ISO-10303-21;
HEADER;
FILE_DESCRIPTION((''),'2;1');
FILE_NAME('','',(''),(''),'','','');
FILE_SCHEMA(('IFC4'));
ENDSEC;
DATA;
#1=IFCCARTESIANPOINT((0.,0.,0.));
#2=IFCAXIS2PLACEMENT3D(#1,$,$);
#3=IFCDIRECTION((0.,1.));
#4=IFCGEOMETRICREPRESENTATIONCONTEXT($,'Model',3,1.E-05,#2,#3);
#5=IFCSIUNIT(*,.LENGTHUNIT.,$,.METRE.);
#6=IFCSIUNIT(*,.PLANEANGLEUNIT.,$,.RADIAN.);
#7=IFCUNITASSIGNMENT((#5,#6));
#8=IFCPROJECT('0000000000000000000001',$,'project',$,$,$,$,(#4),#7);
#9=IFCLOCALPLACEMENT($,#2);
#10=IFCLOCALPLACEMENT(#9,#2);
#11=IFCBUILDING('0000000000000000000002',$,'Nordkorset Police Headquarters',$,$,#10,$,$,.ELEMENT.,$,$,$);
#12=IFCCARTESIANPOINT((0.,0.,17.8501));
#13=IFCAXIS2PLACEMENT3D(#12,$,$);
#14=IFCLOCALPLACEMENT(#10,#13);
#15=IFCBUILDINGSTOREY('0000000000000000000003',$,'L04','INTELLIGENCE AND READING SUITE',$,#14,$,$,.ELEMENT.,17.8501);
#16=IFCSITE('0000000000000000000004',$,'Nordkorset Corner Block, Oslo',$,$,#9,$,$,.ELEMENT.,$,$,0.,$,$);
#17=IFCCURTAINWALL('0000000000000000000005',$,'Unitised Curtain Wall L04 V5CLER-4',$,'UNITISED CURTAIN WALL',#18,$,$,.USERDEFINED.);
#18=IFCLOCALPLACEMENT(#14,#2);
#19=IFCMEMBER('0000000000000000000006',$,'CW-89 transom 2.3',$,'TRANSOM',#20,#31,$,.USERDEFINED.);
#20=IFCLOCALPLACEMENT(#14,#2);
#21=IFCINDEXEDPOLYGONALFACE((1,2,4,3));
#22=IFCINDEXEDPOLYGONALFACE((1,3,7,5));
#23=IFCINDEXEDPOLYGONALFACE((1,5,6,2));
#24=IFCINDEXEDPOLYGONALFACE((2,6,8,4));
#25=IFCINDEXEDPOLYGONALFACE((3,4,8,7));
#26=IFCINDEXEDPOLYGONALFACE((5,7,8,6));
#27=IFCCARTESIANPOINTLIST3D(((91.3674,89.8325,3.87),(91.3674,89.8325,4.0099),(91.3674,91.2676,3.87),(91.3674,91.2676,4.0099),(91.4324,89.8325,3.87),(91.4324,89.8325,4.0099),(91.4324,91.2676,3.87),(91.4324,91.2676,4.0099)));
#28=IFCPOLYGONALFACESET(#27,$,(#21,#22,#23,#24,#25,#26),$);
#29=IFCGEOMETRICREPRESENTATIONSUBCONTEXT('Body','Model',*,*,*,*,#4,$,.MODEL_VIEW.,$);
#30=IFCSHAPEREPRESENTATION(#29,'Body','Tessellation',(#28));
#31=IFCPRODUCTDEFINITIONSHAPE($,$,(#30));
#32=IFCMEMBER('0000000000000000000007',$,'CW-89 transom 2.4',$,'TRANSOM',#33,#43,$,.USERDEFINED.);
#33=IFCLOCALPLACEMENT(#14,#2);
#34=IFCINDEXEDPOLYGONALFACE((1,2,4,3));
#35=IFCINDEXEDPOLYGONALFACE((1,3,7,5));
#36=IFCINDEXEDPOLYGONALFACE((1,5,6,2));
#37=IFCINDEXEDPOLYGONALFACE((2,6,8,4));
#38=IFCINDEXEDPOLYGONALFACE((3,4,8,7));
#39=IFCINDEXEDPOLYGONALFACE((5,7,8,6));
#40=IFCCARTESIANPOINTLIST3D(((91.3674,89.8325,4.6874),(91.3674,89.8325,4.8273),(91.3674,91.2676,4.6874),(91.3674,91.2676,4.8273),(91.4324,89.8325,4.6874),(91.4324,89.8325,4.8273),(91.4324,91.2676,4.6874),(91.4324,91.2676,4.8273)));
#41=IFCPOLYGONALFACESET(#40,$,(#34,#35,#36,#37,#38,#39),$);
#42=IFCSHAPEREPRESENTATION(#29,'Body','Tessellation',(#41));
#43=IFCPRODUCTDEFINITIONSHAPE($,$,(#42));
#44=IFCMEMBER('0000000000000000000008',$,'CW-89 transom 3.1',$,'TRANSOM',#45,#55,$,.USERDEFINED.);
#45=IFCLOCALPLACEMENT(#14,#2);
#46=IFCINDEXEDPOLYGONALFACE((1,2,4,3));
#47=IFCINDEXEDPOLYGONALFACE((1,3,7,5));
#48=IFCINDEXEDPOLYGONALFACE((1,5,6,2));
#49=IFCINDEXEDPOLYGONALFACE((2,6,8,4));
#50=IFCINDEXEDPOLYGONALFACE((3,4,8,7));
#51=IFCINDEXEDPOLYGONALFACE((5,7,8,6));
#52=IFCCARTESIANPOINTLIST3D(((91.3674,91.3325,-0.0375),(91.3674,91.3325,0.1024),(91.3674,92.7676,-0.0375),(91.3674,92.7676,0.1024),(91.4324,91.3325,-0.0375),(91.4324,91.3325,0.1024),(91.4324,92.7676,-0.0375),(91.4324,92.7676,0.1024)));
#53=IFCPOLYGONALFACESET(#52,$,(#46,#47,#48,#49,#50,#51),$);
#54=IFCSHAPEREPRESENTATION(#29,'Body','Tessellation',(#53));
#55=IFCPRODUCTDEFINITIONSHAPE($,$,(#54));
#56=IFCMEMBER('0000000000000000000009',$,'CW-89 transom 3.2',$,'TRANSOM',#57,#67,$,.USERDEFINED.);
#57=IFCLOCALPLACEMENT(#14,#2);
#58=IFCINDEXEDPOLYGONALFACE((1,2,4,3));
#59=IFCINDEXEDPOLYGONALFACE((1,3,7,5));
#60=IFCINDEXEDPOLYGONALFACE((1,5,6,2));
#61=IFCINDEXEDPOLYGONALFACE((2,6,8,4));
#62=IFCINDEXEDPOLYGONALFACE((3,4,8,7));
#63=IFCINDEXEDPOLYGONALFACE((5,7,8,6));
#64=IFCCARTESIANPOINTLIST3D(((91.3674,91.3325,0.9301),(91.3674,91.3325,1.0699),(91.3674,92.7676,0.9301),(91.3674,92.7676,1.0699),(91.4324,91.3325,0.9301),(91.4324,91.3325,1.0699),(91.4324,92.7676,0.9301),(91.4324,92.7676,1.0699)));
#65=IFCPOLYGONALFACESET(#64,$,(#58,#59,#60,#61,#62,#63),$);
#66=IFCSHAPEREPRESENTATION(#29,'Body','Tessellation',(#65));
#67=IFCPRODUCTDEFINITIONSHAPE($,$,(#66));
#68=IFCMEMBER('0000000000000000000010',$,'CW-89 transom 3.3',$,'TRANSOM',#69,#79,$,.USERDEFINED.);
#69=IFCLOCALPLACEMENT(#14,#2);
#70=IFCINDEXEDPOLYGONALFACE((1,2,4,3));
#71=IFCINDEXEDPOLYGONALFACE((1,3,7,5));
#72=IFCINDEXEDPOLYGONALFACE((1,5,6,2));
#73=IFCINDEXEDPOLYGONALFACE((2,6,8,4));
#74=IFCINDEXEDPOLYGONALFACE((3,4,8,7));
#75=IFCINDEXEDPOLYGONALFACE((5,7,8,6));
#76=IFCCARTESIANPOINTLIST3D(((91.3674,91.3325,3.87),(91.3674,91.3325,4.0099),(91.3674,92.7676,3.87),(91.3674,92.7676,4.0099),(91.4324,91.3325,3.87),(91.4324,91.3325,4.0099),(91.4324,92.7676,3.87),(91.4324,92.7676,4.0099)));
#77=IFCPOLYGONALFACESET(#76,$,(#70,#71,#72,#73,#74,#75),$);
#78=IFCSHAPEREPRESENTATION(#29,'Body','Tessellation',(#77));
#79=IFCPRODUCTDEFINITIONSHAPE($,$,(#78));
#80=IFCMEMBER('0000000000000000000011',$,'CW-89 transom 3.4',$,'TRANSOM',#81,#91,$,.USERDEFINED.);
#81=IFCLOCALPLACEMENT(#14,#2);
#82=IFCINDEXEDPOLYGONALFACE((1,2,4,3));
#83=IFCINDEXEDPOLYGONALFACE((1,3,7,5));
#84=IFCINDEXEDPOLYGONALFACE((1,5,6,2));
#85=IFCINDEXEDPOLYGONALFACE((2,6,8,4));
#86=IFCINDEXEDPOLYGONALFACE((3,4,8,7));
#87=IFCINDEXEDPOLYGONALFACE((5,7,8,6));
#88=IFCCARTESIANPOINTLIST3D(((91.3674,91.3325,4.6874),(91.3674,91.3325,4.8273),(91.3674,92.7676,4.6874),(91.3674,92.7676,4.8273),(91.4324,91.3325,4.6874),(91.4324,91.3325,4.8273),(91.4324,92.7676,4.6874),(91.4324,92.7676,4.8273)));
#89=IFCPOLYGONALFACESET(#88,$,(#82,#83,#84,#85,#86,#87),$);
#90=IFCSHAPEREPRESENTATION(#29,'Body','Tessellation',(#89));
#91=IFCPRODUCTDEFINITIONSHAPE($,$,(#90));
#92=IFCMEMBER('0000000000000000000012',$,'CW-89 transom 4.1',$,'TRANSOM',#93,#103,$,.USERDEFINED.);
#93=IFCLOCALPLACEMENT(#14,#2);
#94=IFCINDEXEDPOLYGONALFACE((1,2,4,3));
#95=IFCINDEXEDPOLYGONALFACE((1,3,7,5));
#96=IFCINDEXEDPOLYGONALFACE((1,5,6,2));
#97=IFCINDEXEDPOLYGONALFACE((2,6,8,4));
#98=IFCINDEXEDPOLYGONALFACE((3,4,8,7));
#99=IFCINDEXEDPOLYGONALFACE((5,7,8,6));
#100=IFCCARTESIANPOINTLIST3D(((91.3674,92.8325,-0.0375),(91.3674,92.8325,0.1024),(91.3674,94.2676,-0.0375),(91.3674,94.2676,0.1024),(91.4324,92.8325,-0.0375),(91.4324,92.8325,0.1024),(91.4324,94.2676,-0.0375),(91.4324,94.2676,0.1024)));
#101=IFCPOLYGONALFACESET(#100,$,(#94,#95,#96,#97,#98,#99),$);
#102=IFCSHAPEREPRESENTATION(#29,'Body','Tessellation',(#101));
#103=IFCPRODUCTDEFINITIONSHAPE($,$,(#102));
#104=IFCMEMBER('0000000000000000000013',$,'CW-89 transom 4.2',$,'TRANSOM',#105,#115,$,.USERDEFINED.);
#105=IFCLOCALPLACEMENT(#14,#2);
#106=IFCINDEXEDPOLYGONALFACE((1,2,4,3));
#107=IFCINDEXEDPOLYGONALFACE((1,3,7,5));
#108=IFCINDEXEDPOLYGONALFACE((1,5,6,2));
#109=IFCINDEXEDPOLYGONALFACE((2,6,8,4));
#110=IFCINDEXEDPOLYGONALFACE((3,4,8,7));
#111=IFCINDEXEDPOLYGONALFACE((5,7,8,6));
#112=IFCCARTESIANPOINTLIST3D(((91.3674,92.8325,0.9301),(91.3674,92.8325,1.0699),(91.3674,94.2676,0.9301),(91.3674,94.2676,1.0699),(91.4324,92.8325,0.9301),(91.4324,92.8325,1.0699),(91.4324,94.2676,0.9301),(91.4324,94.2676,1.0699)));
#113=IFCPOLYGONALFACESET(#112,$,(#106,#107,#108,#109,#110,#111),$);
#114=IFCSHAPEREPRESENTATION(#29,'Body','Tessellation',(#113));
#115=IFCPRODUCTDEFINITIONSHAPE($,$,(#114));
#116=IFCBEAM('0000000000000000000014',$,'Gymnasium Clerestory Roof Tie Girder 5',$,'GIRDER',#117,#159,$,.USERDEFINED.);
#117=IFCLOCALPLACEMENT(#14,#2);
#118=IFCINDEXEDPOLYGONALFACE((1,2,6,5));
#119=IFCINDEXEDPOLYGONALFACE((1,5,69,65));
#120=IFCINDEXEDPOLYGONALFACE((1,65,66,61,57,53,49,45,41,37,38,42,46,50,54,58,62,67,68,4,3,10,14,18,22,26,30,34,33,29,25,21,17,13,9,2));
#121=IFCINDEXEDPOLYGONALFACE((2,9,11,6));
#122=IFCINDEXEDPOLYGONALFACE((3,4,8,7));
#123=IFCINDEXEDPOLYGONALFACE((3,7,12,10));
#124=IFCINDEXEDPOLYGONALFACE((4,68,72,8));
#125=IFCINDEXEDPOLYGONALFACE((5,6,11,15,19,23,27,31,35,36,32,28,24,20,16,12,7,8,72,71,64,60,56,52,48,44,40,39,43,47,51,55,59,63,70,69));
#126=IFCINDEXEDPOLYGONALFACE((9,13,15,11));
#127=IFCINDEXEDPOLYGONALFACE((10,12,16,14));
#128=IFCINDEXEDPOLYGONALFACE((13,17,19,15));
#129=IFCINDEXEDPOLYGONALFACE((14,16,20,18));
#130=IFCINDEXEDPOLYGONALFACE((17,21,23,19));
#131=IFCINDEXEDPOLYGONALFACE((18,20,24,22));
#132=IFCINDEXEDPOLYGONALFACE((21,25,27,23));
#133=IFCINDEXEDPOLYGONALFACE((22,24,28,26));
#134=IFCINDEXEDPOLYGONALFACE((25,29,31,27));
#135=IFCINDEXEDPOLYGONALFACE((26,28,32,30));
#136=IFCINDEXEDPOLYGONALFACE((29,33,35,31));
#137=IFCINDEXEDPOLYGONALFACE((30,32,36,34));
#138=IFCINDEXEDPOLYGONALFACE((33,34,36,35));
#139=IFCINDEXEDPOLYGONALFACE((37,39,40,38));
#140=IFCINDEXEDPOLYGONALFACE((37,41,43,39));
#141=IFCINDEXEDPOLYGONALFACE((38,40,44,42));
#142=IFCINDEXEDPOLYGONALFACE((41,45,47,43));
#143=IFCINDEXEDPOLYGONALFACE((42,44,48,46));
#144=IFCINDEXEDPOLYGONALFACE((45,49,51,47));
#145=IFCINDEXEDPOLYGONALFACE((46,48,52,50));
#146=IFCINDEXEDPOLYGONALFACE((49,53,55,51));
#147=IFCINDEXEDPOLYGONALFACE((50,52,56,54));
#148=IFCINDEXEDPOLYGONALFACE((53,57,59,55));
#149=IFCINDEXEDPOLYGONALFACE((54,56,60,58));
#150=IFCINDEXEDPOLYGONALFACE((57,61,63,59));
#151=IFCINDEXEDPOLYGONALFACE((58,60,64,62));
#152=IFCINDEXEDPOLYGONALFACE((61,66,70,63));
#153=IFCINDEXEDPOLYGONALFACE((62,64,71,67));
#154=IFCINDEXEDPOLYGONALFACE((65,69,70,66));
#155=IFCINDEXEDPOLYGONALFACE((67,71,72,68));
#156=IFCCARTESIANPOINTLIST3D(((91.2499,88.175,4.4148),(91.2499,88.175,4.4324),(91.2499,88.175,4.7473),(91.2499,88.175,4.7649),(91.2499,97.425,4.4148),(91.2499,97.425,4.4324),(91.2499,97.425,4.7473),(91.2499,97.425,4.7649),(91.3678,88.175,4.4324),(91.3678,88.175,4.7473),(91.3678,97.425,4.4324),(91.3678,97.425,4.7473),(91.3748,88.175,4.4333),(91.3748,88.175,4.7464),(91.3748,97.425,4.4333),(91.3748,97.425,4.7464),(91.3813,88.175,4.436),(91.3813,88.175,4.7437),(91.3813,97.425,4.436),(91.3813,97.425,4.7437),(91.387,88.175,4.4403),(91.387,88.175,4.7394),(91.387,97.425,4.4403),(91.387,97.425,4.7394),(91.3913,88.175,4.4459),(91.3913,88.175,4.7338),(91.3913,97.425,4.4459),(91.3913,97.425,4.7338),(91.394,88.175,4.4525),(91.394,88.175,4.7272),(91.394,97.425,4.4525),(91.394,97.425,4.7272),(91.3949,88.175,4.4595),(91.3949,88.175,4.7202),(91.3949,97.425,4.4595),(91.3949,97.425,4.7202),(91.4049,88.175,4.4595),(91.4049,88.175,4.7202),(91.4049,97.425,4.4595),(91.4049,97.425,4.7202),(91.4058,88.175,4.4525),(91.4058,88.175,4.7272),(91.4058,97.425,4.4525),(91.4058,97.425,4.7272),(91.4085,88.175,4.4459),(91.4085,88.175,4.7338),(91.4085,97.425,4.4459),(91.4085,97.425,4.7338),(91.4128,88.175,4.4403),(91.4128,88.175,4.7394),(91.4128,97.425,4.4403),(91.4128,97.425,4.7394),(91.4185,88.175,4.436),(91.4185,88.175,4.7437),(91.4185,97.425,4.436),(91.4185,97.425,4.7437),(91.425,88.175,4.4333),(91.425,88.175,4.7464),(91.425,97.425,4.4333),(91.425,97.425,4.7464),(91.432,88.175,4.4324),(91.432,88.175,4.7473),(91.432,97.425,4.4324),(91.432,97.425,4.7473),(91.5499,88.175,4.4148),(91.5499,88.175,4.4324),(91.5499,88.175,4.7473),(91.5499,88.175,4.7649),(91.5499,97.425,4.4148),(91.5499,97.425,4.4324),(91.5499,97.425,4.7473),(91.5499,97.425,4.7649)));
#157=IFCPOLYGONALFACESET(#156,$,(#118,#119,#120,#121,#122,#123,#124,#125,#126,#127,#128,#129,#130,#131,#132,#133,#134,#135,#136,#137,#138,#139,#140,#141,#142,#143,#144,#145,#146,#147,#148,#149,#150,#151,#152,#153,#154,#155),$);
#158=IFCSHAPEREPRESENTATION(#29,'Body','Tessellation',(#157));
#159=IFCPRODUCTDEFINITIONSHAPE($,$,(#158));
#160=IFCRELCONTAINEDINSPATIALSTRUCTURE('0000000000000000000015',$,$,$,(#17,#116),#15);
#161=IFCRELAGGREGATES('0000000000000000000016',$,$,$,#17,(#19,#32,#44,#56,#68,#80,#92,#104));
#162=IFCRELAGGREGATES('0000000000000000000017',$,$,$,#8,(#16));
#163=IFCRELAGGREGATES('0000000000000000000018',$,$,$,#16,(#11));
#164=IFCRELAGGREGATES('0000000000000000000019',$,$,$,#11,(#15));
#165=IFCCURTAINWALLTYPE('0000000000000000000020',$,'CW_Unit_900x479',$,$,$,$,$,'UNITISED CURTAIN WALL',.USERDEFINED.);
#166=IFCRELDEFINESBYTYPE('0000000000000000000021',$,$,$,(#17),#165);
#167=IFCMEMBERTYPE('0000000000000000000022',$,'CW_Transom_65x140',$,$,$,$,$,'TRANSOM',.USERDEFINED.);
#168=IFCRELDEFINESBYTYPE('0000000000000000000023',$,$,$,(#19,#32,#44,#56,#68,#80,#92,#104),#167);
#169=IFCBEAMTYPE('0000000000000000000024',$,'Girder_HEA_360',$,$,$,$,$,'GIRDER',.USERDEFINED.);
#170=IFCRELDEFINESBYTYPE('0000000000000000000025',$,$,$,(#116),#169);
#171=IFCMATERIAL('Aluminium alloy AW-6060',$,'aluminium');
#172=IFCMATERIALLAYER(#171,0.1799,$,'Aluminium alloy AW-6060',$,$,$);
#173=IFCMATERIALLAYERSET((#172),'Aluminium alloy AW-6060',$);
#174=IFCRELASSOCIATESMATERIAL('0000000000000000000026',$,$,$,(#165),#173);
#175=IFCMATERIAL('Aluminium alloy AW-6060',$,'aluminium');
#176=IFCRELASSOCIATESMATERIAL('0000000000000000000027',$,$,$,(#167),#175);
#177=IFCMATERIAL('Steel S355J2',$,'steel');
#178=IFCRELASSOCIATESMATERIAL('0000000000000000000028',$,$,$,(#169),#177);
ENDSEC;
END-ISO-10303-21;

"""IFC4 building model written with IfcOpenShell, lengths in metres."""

from ifc_helpers import new_model, si_unit, direction, frame, origin, origin_2d, place, context, subcontext, project, spatial, rectangle, i_section, extrude, material, layer, layer_set, material_profile, profile_set, type_object, element, aggregate, save


model = new_model("IFC4")

# Units and contexts
model_context = context("Model", 3, precision=1e-05, world=origin(), true_north=direction((0.0, 1.0)))
body_context = subcontext(model_context, "Body", "Model", "MODEL_VIEW")
ifc_project = project(units=[si_unit("LENGTHUNIT", "METRE"), si_unit("PLANEANGLEUNIT", "RADIAN")], contexts=[model_context])

# Site, building, storey
site_placement = place(None, origin())
site = spatial("IfcSite", under=ifc_project, at=site_placement, Name="Nordkorset Corner Block, Oslo", CompositionType="ELEMENT", RefElevation=0.0)
building_placement = place(site_placement, origin())
building = spatial("IfcBuilding", under=site, at=building_placement, Name="Nordkorset Police Headquarters", CompositionType="ELEMENT")
storey_placement = place(building_placement, frame((0.0, 0.0, 17.8501)))
storey = spatial("IfcBuildingStorey", under=building, at=storey_placement, Name="L04", Description="INTELLIGENCE AND READING SUITE", CompositionType="ELEMENT", Elevation=17.8501)

# Curtain wall, members
ifc_material_1 = material(Name="Aluminium alloy AW-6060", Category="aluminium")
ifc_layer_1 = layer(ifc_material_1, 0.1799, Name="Aluminium alloy AW-6060")
ifc_layer_set_1 = layer_set([ifc_layer_1], Name="Aluminium alloy AW-6060")
curtain_wall_type_1 = type_object("IfcCurtainWallType", Name="CW_Unit_900x479", ElementType="UNITISED CURTAIN WALL", PredefinedType="USERDEFINED", material=ifc_layer_set_1)
curtain_wall_1_placement = place(storey_placement, origin())
curtain_wall_1 = element("IfcCurtainWall", 1, at=curtain_wall_1_placement, inside=storey, type_object=curtain_wall_type_1, Name="Unitised Curtain Wall L04 V5CLER-4", ObjectType="UNITISED CURTAIN WALL", PredefinedType="USERDEFINED")
ifc_material_2 = material(Name="Aluminium alloy AW-6060", Category="aluminium")
ifc_material_profile_1 = material_profile(ifc_material_2, rectangle(XDim=0.0649, YDim=0.1399, at=origin_2d()), Name="ALU TRAN 65x140")
ifc_profile_set_1 = profile_set([ifc_material_profile_1], Name="Aluminium alloy AW-6060")
member_type_1 = type_object("IfcMemberType", Name="CW_Transom_65x140", ElementType="TRANSOM", PredefinedType="USERDEFINED", material=ifc_profile_set_1)
member_1_placement = place(storey_placement, frame((91.3999, 89.8325, 3.9399), z_axis=(0.0, 1.0, 0.0), x_axis=(-1.0, 0.0, 0.0)))
member_1 = element("IfcMember", 2, at=member_1_placement, type_object=member_type_1, Name="CW-89 transom 2.3", ObjectType="TRANSOM", PredefinedType="USERDEFINED", context=body_context, shape_type="SweptSolid", body=[
    extrude(rectangle(XDim=0.0649, YDim=0.1399, at=origin_2d()), origin(), (0.0, 0.0, 1.0), 1.4351),
])
member_2_placement = place(storey_placement, frame((91.3999, 89.8325, 4.7573), z_axis=(0.0, 1.0, 0.0), x_axis=(-1.0, 0.0, 0.0)))
member_2 = element("IfcMember", 3, at=member_2_placement, type_object=member_type_1, Name="CW-89 transom 2.4", ObjectType="TRANSOM", PredefinedType="USERDEFINED", context=body_context, shape_type="SweptSolid", body=[
    extrude(rectangle(XDim=0.0649, YDim=0.1399, at=origin_2d()), origin(), (0.0, 0.0, 1.0), 1.4351),
])
member_3_placement = place(storey_placement, frame((91.3999, 91.3325, 0.0325), z_axis=(0.0, 1.0, 0.0), x_axis=(-1.0, 0.0, 0.0)))
member_3 = element("IfcMember", 4, at=member_3_placement, type_object=member_type_1, Name="CW-89 transom 3.1", ObjectType="TRANSOM", PredefinedType="USERDEFINED", context=body_context, shape_type="SweptSolid", body=[
    extrude(rectangle(XDim=0.0649, YDim=0.1399, at=origin_2d()), origin(), (0.0, 0.0, 1.0), 1.4351),
])
member_4_placement = place(storey_placement, frame((91.3999, 91.3325, 1.0), z_axis=(0.0, 1.0, 0.0), x_axis=(-1.0, 0.0, 0.0)))
member_4 = element("IfcMember", 5, at=member_4_placement, type_object=member_type_1, Name="CW-89 transom 3.2", ObjectType="TRANSOM", PredefinedType="USERDEFINED", context=body_context, shape_type="SweptSolid", body=[
    extrude(rectangle(XDim=0.0649, YDim=0.1399, at=origin_2d()), origin(), (0.0, 0.0, 1.0), 1.4351),
])
member_5_placement = place(storey_placement, frame((91.3999, 91.3325, 3.9399), z_axis=(0.0, 1.0, 0.0), x_axis=(-1.0, 0.0, 0.0)))
member_5 = element("IfcMember", 6, at=member_5_placement, type_object=member_type_1, Name="CW-89 transom 3.3", ObjectType="TRANSOM", PredefinedType="USERDEFINED", context=body_context, shape_type="SweptSolid", body=[
    extrude(rectangle(XDim=0.0649, YDim=0.1399, at=origin_2d()), origin(), (0.0, 0.0, 1.0), 1.4351),
])
member_6_placement = place(storey_placement, frame((91.3999, 91.3325, 4.7573), z_axis=(0.0, 1.0, 0.0), x_axis=(-1.0, 0.0, 0.0)))
member_6 = element("IfcMember", 7, at=member_6_placement, type_object=member_type_1, Name="CW-89 transom 3.4", ObjectType="TRANSOM", PredefinedType="USERDEFINED", context=body_context, shape_type="SweptSolid", body=[
    extrude(rectangle(XDim=0.0649, YDim=0.1399, at=origin_2d()), origin(), (0.0, 0.0, 1.0), 1.4351),
])
member_7_placement = place(storey_placement, frame((91.3999, 92.8325, 0.0325), z_axis=(0.0, 1.0, 0.0), x_axis=(-1.0, 0.0, 0.0)))
member_7 = element("IfcMember", 8, at=member_7_placement, type_object=member_type_1, Name="CW-89 transom 4.1", ObjectType="TRANSOM", PredefinedType="USERDEFINED", context=body_context, shape_type="SweptSolid", body=[
    extrude(rectangle(XDim=0.0649, YDim=0.1399, at=origin_2d()), origin(), (0.0, 0.0, 1.0), 1.4351),
])
member_8_placement = place(storey_placement, frame((91.3999, 92.8325, 1.0), z_axis=(0.0, 1.0, 0.0), x_axis=(-1.0, 0.0, 0.0)))
member_8 = element("IfcMember", 9, at=member_8_placement, type_object=member_type_1, Name="CW-89 transom 4.2", ObjectType="TRANSOM", PredefinedType="USERDEFINED", context=body_context, shape_type="SweptSolid", body=[
    extrude(rectangle(XDim=0.0649, YDim=0.1399, at=origin_2d()), origin(), (0.0, 0.0, 1.0), 1.4351),
])

# Beam
ifc_material_3 = material(Name="Steel S355J2", Category="steel")
ifc_material_profile_2 = material_profile(ifc_material_3, i_section(OverallWidth=0.3, OverallDepth=0.3501, WebThickness=0.01, FlangeThickness=0.0176, FilletRadius=0.0271, at=origin_2d()), Name="HEA 360")
ifc_profile_set_2 = profile_set([ifc_material_profile_2], Name="Steel S355J2")
beam_type = type_object("IfcBeamType", Name="Girder_HEA_360", ElementType="GIRDER", PredefinedType="USERDEFINED", material=ifc_profile_set_2)
beam_placement = place(storey_placement, frame((91.3999, 88.175, 4.5898), z_axis=(0.0, 1.0, 0.0), x_axis=(-1.0, 0.0, 0.0)))
element("IfcBeam", 10, at=beam_placement, inside=storey, type_object=beam_type, Name="Gymnasium Clerestory Roof Tie Girder 5", ObjectType="GIRDER", PredefinedType="USERDEFINED", context=body_context, shape_type="SweptSolid", body=[
    extrude(i_section(OverallWidth=0.3, OverallDepth=0.3501, WebThickness=0.01, FlangeThickness=0.0176, FilletRadius=0.0271, at=origin_2d()), origin(), (0.0, 0.0, 1.0), 9.25),
])

aggregate(curtain_wall_1, [member_1, member_2, member_3, member_4, member_5, member_6, member_7, member_8])

save(model, "model.ifc")
